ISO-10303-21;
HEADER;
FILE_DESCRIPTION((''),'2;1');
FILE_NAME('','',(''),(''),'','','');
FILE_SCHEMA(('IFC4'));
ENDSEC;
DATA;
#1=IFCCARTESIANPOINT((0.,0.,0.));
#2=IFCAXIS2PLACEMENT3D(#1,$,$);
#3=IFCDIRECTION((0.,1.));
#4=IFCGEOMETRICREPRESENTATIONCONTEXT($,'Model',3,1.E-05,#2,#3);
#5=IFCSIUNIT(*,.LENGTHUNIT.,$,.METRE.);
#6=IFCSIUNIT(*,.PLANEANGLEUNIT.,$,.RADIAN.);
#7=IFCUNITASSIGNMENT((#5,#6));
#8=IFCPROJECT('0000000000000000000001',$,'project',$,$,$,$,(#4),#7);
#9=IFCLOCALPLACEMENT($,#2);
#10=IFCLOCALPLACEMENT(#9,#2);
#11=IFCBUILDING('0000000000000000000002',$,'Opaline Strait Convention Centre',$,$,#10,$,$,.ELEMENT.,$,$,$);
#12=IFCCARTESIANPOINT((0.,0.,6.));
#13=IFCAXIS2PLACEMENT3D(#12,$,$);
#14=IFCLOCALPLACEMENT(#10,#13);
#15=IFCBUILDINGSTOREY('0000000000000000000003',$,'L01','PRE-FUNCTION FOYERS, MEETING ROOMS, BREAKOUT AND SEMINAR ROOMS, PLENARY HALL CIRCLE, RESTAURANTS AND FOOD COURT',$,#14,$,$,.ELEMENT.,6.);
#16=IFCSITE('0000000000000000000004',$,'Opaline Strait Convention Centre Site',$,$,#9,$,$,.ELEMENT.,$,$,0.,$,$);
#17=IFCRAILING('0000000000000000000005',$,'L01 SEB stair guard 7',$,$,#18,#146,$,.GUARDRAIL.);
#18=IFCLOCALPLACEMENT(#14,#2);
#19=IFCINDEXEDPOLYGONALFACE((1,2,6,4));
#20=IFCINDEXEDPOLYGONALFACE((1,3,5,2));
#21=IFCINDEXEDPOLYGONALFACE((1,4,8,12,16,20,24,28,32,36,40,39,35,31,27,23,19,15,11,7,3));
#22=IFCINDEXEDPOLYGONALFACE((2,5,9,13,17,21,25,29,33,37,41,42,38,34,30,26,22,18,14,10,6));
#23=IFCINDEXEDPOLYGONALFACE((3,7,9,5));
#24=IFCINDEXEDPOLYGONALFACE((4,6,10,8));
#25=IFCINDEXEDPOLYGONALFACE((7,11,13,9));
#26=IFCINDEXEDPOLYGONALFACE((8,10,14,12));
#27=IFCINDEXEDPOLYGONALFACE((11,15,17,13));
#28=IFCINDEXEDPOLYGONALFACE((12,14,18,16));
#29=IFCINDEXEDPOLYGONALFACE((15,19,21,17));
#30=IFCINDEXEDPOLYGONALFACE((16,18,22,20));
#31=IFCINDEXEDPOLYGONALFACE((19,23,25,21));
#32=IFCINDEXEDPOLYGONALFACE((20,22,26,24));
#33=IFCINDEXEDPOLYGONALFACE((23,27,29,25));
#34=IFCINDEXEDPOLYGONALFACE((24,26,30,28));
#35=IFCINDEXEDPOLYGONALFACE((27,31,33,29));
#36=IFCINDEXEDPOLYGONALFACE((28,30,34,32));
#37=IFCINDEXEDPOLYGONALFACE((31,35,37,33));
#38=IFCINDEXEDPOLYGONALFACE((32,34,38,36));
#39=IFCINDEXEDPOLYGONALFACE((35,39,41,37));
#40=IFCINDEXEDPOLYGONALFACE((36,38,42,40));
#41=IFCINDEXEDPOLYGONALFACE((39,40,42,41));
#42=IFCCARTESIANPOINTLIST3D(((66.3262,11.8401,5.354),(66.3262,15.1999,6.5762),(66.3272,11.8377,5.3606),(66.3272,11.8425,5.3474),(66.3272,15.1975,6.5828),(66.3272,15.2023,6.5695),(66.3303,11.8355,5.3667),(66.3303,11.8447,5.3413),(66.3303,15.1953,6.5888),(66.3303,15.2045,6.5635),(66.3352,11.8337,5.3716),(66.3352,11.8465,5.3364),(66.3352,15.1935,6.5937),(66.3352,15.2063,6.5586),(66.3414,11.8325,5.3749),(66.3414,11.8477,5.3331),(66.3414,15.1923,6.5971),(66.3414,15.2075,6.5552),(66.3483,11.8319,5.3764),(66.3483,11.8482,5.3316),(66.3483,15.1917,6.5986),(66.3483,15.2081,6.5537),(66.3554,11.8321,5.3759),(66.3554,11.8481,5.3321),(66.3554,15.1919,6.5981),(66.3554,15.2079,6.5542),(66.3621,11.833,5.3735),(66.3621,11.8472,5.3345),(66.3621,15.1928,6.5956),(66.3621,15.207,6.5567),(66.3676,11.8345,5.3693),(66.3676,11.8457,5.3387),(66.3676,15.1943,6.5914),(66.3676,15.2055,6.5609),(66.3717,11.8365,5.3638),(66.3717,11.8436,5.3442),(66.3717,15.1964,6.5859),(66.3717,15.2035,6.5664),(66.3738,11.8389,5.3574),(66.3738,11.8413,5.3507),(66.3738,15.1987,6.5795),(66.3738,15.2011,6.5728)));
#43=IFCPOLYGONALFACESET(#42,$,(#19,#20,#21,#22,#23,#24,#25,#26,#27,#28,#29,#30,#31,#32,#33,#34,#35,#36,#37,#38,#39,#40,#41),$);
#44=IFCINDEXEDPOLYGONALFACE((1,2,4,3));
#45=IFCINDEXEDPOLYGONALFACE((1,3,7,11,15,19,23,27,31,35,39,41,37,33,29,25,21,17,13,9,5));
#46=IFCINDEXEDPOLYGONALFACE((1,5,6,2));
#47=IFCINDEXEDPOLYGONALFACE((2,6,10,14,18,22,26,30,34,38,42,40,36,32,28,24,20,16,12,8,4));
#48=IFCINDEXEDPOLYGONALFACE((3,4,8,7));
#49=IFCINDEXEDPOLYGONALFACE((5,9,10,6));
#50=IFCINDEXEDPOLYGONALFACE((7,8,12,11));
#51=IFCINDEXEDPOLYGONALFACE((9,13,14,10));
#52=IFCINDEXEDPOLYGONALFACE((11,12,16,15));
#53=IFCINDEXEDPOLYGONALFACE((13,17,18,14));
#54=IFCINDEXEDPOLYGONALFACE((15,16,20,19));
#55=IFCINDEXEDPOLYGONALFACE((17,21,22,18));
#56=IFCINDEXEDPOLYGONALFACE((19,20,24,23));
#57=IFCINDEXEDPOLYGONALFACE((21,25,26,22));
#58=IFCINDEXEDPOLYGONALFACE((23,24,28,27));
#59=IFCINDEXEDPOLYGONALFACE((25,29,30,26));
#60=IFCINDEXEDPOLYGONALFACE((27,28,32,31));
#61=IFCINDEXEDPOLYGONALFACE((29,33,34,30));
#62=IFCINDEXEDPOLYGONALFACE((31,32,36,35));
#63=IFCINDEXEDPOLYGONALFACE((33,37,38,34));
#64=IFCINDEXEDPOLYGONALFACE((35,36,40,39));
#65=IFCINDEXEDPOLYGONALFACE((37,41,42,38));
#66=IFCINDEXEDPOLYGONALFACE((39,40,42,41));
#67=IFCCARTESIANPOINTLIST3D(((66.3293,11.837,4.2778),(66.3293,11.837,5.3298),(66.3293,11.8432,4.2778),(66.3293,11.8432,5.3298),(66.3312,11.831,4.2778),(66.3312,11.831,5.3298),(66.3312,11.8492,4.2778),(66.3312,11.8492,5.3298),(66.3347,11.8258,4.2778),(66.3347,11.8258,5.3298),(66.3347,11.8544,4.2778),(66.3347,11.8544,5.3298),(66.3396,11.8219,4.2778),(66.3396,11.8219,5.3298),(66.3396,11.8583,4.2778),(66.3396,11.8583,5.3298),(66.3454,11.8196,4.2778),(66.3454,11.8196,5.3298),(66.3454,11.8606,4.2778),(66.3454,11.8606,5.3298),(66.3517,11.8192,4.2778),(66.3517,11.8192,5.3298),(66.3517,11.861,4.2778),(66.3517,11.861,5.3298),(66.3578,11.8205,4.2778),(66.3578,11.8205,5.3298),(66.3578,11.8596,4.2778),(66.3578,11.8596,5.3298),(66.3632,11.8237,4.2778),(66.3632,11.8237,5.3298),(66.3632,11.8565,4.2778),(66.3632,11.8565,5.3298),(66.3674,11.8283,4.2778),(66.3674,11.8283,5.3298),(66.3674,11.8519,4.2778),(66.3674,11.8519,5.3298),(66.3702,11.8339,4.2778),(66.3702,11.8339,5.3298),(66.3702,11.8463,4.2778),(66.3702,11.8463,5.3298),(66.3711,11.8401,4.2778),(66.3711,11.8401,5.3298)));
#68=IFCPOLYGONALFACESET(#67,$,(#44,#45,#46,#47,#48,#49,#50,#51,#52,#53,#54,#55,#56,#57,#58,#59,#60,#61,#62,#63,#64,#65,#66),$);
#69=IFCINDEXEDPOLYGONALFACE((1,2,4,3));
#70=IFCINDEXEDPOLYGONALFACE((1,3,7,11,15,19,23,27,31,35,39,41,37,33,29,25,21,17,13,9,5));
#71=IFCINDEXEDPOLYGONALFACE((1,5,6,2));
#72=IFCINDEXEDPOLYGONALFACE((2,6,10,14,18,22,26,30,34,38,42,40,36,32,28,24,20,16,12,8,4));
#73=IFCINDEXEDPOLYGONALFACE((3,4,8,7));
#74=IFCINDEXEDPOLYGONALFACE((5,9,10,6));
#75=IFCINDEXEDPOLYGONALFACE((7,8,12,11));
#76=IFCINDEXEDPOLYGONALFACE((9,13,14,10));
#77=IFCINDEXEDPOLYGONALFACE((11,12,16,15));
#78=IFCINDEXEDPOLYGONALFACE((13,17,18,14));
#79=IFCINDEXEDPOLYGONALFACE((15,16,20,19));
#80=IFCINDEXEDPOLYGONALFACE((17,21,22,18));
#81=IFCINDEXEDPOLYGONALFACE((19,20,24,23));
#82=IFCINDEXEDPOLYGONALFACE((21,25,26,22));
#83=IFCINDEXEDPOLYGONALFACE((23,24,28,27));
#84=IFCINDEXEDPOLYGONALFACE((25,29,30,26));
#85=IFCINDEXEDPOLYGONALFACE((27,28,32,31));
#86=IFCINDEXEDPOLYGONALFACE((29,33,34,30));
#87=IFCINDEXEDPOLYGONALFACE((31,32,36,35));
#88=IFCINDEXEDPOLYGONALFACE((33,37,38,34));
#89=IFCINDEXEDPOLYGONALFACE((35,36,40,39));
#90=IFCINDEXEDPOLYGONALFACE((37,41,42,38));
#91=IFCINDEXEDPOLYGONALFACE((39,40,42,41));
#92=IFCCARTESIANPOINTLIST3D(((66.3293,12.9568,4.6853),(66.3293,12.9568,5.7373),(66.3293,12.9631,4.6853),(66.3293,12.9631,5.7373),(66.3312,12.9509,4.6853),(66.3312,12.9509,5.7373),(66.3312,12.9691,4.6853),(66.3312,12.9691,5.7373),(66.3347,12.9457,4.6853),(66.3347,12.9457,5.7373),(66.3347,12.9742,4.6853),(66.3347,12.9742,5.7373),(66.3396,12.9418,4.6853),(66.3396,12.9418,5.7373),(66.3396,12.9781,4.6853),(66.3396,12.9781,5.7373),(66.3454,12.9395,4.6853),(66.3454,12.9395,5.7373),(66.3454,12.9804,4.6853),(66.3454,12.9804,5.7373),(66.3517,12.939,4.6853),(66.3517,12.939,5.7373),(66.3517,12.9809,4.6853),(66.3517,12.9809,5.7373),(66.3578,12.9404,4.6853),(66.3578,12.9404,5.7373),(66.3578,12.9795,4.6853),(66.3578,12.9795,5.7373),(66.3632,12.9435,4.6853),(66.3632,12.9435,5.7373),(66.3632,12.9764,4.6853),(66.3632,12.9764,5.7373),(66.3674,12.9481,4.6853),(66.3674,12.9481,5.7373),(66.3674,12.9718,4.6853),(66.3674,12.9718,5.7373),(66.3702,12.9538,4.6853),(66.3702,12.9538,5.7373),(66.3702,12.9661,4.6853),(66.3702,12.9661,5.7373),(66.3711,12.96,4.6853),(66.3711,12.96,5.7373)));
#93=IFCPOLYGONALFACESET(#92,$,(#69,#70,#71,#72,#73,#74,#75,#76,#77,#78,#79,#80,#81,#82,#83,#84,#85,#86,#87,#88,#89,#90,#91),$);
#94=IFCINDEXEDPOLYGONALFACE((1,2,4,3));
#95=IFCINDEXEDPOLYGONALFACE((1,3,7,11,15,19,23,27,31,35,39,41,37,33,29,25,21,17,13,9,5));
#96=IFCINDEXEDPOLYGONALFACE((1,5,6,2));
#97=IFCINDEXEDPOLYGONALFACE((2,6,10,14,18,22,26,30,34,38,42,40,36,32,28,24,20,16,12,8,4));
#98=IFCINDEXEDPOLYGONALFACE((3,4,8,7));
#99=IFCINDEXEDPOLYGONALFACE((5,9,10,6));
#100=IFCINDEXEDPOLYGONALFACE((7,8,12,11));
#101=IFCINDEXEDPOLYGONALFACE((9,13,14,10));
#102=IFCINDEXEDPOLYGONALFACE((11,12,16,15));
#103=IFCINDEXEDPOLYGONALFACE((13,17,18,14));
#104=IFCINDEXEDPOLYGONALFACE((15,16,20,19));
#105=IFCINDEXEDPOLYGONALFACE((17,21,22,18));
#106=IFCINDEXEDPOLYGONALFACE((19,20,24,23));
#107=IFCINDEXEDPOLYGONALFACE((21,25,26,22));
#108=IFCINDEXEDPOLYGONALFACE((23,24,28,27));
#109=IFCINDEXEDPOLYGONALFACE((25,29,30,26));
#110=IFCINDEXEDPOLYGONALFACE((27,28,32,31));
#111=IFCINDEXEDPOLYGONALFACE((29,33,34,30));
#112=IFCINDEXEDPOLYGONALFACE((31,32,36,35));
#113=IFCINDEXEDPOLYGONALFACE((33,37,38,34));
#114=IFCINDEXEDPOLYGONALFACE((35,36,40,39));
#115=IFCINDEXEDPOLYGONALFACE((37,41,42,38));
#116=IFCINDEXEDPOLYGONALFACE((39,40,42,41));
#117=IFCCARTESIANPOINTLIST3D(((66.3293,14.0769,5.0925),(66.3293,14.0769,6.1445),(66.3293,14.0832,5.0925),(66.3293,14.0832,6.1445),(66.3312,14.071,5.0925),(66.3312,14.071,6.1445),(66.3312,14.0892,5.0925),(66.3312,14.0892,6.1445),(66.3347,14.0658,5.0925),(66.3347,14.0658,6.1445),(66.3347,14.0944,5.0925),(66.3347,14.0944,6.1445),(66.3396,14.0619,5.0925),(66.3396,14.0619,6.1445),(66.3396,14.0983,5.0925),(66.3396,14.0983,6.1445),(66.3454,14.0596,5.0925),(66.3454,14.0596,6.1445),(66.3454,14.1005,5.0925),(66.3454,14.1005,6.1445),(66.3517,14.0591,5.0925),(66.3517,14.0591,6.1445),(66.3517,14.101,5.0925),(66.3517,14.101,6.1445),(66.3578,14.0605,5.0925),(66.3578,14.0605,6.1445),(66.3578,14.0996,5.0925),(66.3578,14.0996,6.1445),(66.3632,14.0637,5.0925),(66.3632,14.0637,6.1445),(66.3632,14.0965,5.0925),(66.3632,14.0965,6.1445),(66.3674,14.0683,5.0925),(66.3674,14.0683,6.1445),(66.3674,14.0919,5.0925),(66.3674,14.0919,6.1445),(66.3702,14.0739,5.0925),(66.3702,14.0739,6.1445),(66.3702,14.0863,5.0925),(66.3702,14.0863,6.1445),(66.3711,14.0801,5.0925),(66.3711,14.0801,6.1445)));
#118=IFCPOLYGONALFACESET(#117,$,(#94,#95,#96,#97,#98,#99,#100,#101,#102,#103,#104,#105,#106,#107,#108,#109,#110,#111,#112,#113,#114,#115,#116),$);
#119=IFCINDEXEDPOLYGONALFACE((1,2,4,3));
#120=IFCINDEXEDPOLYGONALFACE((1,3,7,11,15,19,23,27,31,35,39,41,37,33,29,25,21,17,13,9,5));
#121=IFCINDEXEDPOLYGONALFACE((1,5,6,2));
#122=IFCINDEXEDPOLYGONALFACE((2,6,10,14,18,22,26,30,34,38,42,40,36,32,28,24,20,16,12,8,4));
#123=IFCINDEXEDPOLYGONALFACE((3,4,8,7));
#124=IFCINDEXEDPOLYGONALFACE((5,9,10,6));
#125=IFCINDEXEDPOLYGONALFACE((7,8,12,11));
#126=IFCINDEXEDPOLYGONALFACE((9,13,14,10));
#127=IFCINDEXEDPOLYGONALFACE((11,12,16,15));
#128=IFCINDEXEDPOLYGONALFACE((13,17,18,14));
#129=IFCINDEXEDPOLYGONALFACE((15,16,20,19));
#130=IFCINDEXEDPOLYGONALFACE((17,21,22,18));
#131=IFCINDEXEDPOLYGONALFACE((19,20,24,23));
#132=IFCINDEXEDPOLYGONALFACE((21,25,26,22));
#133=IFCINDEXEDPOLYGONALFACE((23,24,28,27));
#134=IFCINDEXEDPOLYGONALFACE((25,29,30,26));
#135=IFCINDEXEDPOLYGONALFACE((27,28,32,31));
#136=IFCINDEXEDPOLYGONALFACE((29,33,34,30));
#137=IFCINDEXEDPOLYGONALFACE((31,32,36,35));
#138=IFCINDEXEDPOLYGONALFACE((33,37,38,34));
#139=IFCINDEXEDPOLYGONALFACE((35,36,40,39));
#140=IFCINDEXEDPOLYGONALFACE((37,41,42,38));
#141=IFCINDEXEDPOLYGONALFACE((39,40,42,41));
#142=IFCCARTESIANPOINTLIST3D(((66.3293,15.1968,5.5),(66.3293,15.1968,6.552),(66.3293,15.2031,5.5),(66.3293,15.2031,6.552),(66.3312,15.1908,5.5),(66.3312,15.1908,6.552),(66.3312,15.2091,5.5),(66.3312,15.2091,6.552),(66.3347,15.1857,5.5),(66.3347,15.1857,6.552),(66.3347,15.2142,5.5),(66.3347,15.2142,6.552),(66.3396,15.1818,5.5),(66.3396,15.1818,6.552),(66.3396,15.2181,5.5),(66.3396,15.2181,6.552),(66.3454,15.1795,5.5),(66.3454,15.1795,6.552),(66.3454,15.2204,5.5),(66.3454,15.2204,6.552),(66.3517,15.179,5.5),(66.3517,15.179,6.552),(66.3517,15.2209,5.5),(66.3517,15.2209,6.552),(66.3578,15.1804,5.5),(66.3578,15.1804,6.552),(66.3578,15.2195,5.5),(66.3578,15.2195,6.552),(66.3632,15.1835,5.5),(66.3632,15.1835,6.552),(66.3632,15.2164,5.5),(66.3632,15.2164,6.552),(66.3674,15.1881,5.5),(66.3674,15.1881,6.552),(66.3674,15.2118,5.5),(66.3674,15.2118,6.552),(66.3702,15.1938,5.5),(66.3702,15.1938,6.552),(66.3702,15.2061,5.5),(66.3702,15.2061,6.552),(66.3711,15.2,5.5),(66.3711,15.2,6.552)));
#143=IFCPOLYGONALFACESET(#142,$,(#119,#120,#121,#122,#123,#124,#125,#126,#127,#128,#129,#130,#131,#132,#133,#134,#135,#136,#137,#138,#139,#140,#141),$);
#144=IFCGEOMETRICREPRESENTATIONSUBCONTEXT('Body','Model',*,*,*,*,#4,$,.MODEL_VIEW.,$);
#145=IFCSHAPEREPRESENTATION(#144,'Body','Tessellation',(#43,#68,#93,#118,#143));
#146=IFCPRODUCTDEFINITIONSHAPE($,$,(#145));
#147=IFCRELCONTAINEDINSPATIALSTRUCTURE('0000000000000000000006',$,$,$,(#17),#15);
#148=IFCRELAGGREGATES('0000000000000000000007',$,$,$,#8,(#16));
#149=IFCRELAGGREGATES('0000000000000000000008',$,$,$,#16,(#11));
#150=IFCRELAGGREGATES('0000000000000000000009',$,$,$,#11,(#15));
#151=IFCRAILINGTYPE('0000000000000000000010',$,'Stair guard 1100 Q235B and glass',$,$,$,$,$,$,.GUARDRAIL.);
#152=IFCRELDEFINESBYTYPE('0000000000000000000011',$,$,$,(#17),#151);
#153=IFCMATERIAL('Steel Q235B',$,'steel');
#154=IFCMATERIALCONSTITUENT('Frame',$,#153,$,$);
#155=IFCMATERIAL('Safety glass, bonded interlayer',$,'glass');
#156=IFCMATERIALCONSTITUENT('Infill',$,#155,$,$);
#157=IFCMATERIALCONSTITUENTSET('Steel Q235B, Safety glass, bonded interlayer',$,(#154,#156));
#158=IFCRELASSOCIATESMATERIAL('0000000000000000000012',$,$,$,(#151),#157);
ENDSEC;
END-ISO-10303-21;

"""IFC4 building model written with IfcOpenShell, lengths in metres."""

from ifc_helpers import new_model, si_unit, direction, frame, origin, origin_2d, place, context, subcontext, project, spatial, circle, extrude, material, constituent, constituent_set, type_object, element, save


model = new_model("IFC4")

# Units and contexts
model_context = context("Model", 3, precision=1e-05, world=origin(), true_north=direction((0.0, 1.0)))
body_context = subcontext(model_context, "Body", "Model", "MODEL_VIEW")
ifc_project = project(units=[si_unit("LENGTHUNIT", "METRE"), si_unit("PLANEANGLEUNIT", "RADIAN")], contexts=[model_context])

# Site, building, storey
site_placement = place(None, origin())
site = spatial("IfcSite", under=ifc_project, at=site_placement, Name="Opaline Strait Convention Centre Site", CompositionType="ELEMENT", RefElevation=0.0)
building_placement = place(site_placement, origin())
building = spatial("IfcBuilding", under=site, at=building_placement, Name="Opaline Strait Convention Centre", CompositionType="ELEMENT")
storey_placement = place(building_placement, frame((0.0, 0.0, 6.0)))
storey = spatial("IfcBuildingStorey", under=building, at=storey_placement, Name="L01", Description="PRE-FUNCTION FOYERS, MEETING ROOMS, BREAKOUT AND SEMINAR ROOMS, PLENARY HALL CIRCLE, RESTAURANTS AND FOOD COURT", CompositionType="ELEMENT", Elevation=6.0)

# Railing
ifc_material_1 = material(Name="Steel Q235B", Category="steel")
ifc_constituent_1 = constituent(ifc_material_1, Name="Frame")
ifc_material_2 = material(Name="Safety glass, bonded interlayer", Category="glass")
ifc_constituent_2 = constituent(ifc_material_2, Name="Infill")
ifc_constituent_set = constituent_set(constituents=[ifc_constituent_1, ifc_constituent_2], Name="Steel Q235B, Safety glass, bonded interlayer")
railing_type_1 = type_object("IfcRailingType", Name="Stair guard 1100 Q235B and glass", PredefinedType="GUARDRAIL", material=ifc_constituent_set)
railing_1_placement = place(storey_placement, frame((66.3501, 11.8401, 4.2778)))
element("IfcRailing", 1, at=railing_1_placement, inside=storey, type_object=railing_type_1, Name="L01 SEB stair guard 7", PredefinedType="GUARDRAIL", context=body_context, shape_type="SweptSolid", body=[
    extrude(circle(Radius=0.0239, at=origin_2d()), frame((0.0, 0.0, 1.0762), z_axis=(0.0, 0.939758, 0.341842), x_axis=(-1.0, 0.0, 0.0)), (0.0, 0.0, 1.0), 3.5752),
    extrude(circle(Radius=0.021, at=origin_2d()), origin(), (0.0, 0.0, 1.0), 1.052),
    extrude(circle(Radius=0.021, at=origin_2d()), frame((0.0, 1.1199, 0.4075)), (0.0, 0.0, 1.0), 1.052),
    extrude(circle(Radius=0.021, at=origin_2d()), frame((0.0, 2.24, 0.8147)), (0.0, 0.0, 1.0), 1.052),
    extrude(circle(Radius=0.021, at=origin_2d()), frame((0.0, 3.3599, 1.2222)), (0.0, 0.0, 1.0), 1.052),
])

save(model, "model.ifc")
